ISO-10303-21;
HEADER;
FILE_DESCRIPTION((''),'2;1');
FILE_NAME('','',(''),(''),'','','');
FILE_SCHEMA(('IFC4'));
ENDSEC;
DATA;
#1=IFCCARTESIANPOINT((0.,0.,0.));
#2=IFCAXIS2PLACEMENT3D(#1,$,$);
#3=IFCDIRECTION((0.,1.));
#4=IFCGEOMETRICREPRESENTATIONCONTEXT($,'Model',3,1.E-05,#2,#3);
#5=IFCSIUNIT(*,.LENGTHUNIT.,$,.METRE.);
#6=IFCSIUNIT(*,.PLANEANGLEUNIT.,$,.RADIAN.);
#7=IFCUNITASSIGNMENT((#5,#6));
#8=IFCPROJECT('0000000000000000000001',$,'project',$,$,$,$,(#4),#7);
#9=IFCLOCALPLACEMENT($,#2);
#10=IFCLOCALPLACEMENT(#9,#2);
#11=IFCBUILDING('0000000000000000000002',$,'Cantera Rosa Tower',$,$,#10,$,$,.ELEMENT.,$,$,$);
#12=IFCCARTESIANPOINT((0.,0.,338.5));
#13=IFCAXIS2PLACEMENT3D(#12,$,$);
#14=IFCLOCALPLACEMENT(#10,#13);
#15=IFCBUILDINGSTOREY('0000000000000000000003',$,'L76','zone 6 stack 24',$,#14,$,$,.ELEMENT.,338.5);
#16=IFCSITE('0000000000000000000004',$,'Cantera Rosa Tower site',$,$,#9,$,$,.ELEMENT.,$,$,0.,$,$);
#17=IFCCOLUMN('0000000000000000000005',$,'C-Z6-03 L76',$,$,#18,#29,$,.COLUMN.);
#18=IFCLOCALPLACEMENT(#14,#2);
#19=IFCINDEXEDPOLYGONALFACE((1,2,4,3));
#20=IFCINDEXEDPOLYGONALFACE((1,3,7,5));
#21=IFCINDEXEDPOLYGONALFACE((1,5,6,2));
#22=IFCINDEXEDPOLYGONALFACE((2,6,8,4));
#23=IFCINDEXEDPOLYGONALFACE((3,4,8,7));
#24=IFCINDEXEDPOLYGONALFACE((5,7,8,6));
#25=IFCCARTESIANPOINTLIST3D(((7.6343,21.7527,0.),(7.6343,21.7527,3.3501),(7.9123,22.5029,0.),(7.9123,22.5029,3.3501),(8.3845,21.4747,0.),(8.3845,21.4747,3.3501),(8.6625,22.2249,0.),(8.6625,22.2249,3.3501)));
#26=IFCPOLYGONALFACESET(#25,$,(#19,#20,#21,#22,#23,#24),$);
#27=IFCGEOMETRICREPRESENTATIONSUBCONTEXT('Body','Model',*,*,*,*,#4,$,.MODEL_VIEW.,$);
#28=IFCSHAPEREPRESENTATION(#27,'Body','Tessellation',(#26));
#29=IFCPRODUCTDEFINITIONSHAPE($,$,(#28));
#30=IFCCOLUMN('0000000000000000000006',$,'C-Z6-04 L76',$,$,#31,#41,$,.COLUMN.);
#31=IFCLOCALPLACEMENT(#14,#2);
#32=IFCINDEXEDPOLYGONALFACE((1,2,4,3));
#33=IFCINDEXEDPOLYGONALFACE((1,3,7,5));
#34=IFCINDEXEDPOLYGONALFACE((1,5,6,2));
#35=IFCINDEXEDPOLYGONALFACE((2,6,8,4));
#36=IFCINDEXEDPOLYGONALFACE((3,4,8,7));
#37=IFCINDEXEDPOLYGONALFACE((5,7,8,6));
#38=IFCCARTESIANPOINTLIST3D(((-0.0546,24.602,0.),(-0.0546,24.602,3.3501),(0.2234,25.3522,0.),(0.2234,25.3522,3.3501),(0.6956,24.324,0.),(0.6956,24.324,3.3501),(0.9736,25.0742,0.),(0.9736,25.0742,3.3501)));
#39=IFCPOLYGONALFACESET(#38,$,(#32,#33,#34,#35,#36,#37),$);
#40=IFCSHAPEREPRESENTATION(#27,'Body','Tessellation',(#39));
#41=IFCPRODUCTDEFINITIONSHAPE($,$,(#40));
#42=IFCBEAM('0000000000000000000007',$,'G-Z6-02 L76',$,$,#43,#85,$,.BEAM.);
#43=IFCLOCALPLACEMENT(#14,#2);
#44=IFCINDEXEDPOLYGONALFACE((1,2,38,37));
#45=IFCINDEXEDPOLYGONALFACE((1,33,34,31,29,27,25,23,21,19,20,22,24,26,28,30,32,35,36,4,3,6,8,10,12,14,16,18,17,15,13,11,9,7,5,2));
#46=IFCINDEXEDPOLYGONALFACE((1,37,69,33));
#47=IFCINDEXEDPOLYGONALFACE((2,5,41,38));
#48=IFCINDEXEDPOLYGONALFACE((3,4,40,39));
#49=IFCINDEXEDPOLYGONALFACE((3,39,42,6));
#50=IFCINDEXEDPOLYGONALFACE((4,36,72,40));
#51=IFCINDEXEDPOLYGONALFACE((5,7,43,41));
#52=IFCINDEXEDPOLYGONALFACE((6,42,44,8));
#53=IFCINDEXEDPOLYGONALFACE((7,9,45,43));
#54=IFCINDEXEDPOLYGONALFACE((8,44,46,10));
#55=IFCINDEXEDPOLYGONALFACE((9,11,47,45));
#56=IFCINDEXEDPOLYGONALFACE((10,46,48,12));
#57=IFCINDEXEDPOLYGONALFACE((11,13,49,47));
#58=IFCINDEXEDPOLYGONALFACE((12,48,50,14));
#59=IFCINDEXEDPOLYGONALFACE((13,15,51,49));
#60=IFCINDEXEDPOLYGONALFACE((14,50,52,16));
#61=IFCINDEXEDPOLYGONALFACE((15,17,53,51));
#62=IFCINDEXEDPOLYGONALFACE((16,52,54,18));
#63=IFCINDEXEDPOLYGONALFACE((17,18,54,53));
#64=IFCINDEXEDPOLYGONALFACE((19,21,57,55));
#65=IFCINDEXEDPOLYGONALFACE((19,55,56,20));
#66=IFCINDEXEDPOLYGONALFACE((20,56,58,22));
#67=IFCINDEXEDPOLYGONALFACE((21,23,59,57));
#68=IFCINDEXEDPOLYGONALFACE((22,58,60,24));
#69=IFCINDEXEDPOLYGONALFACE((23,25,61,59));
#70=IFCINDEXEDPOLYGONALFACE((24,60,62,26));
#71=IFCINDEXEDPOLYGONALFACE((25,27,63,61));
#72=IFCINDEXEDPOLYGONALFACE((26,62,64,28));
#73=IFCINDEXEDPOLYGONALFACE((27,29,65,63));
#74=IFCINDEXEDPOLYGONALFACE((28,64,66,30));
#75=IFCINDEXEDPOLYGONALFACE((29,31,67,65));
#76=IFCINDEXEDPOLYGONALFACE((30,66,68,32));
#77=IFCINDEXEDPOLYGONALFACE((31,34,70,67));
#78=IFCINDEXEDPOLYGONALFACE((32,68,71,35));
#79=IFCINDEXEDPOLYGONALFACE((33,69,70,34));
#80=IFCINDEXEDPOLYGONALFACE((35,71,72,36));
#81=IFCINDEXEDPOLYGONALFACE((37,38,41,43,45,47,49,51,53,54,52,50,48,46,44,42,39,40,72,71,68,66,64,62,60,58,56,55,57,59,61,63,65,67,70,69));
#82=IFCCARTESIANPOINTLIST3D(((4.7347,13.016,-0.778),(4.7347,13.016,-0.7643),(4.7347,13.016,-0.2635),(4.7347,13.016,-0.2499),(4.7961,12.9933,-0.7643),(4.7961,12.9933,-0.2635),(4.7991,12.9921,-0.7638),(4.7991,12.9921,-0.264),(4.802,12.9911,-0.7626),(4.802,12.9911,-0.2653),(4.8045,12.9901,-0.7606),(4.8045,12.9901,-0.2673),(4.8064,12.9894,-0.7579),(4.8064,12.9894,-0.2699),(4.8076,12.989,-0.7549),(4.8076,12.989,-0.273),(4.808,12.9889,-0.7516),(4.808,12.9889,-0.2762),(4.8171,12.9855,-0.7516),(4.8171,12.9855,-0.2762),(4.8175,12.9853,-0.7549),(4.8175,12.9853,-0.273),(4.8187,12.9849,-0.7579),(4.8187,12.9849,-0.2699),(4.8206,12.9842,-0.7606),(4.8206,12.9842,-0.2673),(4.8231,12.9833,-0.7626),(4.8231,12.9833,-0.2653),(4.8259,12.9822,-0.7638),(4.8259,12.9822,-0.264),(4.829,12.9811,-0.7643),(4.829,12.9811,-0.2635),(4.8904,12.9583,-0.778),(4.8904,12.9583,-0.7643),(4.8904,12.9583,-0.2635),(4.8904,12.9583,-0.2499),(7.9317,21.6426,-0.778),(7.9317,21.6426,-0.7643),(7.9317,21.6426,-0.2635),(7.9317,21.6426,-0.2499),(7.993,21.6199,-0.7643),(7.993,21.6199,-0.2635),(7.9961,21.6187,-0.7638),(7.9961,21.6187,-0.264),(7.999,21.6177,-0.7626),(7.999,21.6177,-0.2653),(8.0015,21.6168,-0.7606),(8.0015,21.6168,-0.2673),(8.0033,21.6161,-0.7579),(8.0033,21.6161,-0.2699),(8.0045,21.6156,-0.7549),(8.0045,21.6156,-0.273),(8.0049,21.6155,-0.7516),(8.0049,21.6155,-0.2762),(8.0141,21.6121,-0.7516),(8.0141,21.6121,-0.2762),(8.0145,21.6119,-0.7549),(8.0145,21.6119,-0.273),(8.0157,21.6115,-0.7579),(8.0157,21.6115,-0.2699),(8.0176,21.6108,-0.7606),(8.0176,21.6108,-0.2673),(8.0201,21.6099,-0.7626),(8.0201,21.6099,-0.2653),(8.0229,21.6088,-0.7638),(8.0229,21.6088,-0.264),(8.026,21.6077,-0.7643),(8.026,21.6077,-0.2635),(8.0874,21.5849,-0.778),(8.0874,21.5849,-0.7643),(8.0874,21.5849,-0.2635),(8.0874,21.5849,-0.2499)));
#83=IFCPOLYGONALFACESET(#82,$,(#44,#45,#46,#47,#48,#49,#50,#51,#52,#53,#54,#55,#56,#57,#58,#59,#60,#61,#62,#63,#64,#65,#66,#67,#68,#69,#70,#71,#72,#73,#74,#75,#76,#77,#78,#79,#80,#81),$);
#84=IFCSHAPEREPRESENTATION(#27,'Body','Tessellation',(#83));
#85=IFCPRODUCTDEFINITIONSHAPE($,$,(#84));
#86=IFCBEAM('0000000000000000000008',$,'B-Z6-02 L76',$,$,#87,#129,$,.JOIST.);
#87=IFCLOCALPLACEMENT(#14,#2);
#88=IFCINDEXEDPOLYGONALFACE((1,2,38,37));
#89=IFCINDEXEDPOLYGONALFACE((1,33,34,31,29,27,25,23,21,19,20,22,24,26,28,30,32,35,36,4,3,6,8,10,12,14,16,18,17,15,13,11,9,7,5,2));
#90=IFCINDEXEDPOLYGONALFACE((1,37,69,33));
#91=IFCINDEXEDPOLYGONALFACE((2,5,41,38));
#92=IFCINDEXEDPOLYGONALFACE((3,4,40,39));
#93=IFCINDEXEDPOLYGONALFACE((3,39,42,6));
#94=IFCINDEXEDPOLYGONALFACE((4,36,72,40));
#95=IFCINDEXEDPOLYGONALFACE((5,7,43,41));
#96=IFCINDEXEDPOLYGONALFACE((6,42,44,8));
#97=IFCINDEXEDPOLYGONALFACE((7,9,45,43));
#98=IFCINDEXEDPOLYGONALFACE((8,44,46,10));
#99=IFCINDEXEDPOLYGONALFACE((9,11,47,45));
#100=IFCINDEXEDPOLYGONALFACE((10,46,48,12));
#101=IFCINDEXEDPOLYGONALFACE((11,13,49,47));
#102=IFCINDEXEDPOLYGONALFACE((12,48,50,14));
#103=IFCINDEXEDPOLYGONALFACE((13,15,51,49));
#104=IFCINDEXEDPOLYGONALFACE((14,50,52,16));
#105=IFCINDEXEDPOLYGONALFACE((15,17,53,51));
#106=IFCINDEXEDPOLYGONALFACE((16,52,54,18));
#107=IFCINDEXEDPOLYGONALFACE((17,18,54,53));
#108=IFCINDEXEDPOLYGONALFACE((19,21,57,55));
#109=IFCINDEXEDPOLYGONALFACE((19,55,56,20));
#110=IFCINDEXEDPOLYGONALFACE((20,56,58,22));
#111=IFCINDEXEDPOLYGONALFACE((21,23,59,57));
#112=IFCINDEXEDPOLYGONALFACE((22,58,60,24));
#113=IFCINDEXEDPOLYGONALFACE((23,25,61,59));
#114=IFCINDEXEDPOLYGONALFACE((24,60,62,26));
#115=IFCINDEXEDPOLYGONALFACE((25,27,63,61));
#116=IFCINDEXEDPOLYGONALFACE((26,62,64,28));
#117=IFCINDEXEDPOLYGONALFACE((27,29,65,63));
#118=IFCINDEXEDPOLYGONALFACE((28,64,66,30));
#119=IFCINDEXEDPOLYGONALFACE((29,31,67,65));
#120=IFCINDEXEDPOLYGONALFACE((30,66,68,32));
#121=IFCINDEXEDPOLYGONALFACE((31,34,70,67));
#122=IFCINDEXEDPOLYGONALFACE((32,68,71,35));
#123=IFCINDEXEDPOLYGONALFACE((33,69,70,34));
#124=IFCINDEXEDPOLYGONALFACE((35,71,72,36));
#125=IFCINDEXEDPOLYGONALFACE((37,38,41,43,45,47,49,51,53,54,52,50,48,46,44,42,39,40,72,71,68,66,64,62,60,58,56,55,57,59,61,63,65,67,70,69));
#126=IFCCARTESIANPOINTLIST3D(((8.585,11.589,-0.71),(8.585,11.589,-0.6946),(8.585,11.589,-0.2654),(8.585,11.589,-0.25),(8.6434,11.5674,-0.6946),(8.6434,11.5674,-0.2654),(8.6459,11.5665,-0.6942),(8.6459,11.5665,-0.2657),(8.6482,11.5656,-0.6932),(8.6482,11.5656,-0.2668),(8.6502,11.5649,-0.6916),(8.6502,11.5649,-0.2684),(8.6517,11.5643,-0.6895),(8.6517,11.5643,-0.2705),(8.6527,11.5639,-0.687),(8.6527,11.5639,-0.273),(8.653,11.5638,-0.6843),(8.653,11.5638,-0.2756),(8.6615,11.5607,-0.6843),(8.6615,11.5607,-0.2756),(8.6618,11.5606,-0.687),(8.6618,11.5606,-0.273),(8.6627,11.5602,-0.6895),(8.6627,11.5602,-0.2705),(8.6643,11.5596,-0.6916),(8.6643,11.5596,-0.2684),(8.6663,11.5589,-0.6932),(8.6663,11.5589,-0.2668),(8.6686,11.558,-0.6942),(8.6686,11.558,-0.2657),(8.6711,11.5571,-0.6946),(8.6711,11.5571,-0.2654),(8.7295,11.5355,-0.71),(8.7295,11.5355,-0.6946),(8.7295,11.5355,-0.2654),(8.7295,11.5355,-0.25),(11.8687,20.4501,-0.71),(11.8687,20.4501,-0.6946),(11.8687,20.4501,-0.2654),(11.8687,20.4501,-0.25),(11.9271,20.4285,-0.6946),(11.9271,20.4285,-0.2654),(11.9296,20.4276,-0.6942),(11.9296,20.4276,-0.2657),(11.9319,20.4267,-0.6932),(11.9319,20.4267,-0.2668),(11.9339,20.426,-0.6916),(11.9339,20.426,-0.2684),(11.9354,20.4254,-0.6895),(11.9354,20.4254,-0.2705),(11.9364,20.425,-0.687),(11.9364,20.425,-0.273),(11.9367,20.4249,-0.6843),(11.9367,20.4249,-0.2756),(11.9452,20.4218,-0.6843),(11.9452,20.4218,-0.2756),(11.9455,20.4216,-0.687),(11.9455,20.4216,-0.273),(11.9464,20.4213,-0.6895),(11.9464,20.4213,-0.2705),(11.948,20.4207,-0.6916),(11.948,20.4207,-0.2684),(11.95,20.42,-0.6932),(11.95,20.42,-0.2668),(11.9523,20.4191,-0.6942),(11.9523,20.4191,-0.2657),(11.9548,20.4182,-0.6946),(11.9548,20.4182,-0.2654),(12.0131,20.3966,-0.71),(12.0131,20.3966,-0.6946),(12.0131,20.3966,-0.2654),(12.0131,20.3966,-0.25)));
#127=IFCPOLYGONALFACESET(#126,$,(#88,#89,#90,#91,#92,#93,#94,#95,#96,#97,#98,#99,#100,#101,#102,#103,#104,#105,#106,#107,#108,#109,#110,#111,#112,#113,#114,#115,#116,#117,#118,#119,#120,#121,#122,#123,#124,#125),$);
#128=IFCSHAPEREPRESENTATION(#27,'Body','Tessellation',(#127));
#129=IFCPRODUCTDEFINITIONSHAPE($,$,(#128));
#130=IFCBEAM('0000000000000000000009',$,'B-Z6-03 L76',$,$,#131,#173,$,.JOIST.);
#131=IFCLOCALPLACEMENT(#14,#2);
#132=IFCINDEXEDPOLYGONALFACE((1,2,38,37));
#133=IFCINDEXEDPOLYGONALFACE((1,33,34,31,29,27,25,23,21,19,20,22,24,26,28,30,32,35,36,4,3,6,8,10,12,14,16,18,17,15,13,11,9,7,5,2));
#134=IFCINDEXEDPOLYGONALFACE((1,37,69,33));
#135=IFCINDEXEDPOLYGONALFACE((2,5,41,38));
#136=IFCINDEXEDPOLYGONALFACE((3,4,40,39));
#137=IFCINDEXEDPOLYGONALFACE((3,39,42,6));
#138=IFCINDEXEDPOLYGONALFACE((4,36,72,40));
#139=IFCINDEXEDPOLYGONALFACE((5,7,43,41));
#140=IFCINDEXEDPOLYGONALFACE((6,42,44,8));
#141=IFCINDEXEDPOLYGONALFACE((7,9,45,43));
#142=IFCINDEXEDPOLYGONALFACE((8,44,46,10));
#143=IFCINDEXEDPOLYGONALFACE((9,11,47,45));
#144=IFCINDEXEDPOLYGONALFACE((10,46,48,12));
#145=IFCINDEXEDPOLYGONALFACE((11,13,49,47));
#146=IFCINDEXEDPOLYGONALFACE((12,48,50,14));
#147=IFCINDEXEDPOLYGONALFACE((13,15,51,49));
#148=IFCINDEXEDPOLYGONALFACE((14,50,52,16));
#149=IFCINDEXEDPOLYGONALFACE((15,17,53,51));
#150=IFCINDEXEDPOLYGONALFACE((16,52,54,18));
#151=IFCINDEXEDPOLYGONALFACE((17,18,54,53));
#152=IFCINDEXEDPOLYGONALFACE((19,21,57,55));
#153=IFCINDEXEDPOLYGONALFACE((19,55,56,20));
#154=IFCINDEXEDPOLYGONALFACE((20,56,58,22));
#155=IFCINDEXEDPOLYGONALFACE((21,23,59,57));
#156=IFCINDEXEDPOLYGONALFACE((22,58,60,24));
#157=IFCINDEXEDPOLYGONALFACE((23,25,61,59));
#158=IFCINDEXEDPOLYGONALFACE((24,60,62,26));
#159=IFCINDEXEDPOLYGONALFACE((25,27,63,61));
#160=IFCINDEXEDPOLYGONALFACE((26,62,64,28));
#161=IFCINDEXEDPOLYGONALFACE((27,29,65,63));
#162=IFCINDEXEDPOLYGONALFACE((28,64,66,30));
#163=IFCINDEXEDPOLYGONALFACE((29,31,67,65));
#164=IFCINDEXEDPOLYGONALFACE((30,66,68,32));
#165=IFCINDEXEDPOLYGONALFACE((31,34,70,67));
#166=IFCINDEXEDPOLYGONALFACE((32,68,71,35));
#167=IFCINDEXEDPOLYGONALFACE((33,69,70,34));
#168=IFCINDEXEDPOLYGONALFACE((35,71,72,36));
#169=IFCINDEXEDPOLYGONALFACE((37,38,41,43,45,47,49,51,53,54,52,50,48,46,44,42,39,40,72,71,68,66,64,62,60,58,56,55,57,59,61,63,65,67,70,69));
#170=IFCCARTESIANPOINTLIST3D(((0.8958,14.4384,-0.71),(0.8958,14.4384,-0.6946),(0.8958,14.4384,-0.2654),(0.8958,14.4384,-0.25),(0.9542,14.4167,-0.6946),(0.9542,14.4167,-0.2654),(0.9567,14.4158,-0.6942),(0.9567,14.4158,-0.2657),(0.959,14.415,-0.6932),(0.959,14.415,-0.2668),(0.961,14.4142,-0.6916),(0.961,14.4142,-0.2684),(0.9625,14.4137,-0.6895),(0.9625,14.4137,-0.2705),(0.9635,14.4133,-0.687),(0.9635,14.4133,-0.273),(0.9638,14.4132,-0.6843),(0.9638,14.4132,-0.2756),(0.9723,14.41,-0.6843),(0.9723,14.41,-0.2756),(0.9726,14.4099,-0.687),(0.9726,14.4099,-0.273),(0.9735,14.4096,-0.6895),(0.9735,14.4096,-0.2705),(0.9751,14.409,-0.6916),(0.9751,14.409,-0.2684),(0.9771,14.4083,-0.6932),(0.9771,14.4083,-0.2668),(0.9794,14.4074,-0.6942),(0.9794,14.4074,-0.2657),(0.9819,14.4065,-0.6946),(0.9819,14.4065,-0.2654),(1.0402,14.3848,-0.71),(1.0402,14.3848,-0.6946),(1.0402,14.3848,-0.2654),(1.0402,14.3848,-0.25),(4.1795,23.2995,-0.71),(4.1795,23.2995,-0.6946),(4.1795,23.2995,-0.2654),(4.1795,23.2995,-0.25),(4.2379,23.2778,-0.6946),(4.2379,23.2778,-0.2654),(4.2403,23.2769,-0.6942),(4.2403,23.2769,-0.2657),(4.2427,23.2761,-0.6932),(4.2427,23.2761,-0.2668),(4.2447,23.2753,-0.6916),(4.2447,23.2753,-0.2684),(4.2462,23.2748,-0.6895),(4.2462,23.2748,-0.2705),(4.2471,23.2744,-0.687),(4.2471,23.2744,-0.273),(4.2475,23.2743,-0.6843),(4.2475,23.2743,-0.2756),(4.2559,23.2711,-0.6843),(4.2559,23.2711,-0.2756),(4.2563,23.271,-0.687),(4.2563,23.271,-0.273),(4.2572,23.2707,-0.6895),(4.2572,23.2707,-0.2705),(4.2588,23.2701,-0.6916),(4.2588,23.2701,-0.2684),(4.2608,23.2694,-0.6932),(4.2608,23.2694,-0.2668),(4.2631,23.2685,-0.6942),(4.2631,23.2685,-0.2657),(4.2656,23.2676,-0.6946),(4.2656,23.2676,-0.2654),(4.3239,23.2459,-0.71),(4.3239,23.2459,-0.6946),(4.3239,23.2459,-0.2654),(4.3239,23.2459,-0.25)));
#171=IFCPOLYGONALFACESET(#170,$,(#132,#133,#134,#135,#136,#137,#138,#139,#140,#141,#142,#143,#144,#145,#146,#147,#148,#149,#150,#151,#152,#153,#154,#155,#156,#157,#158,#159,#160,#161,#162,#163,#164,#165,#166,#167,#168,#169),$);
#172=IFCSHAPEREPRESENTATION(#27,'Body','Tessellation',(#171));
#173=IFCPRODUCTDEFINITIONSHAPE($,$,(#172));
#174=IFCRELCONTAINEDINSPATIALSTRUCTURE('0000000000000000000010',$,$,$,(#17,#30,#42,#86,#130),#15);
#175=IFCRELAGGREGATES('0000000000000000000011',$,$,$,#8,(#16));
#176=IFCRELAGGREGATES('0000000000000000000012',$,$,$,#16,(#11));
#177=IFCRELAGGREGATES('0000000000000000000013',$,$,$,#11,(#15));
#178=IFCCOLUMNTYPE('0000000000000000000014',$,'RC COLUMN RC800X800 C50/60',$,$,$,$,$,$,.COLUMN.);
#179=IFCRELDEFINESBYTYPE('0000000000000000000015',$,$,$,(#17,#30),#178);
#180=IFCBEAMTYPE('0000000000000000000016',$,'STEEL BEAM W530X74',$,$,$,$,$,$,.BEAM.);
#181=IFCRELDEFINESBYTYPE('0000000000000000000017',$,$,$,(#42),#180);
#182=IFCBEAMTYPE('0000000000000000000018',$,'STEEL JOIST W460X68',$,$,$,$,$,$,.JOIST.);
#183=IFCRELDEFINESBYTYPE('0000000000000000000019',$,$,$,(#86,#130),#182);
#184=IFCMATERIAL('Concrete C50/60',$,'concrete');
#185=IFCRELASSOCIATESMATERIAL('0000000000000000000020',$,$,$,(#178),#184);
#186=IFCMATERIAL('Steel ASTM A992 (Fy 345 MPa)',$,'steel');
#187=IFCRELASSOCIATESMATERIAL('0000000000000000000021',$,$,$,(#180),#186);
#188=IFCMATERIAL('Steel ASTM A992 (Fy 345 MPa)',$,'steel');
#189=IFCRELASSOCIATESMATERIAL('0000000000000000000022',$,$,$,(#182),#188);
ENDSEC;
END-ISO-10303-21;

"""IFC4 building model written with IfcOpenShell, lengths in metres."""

from ifc_helpers import new_model, si_unit, direction, frame, origin, origin_2d, place, context, subcontext, project, spatial, rectangle, i_section, extrude, material, material_profile, profile_set, type_object, element, save


model = new_model("IFC4")

# Units and contexts
model_context = context("Model", 3, precision=1e-05, world=origin(), true_north=direction((0.0, 1.0)))
body_context = subcontext(model_context, "Body", "Model", "MODEL_VIEW")
ifc_project = project(units=[si_unit("LENGTHUNIT", "METRE"), si_unit("PLANEANGLEUNIT", "RADIAN")], contexts=[model_context])

# Site, building, storey
site_placement = place(None, origin())
site = spatial("IfcSite", under=ifc_project, at=site_placement, Name="Cantera Rosa Tower site", CompositionType="ELEMENT", RefElevation=0.0)
building_placement = place(site_placement, origin())
building = spatial("IfcBuilding", under=site, at=building_placement, Name="Cantera Rosa Tower", CompositionType="ELEMENT")
storey_placement = place(building_placement, frame((0.0, 0.0, 338.5)))
storey = spatial("IfcBuildingStorey", under=building, at=storey_placement, Name="L76", Description="zone 6 stack 24", CompositionType="ELEMENT", Elevation=338.5)

# Columns
ifc_material_1 = material(Name="Concrete C50/60", Category="concrete")
ifc_material_profile_1 = material_profile(ifc_material_1, rectangle(XDim=0.8, YDim=0.8, at=origin_2d()), Name="RC COLUMN RC800X800 C50/60")
ifc_profile_set_1 = profile_set([ifc_material_profile_1], Name="Concrete C50/60")
column_type = type_object("IfcColumnType", Name="RC COLUMN RC800X800 C50/60", PredefinedType="COLUMN", material=ifc_profile_set_1)
for number, where, z_axis, x_axis, name in (
    (1, (8.1484, 21.9888, 0.0), (0.0, 0.0, 1.0), (0.347481, 0.937687, 0.0), "C-Z6-03 L76"),
    (2, (0.4595, 24.8381, 0.0), (0.0, 0.0, 1.0), (0.347481, 0.937687, 0.0), "C-Z6-04 L76"),
):
    element("IfcColumn", number, at=place(storey_placement, frame(where, z_axis=z_axis, x_axis=x_axis)), inside=storey, type_object=column_type, Name=name, PredefinedType="COLUMN", context=body_context, shape_type="SweptSolid", body=[
        extrude(rectangle(XDim=0.8, YDim=0.8, at=origin_2d()), origin(), (0.0, 0.0, 1.0), 3.3501),
    ])

# Beams
ifc_material_2 = material(Name="Steel ASTM A992 (Fy 345 MPa)", Category="steel")
ifc_material_profile_2 = material_profile(ifc_material_2, i_section(OverallWidth=0.166, OverallDepth=0.5281, WebThickness=0.0098, FlangeThickness=0.0137, FilletRadius=0.0127, at=origin_2d()), Name="W530X74")
ifc_profile_set_2 = profile_set([ifc_material_profile_2], Name="Steel ASTM A992 (Fy 345 MPa)")
beam_type_1 = type_object("IfcBeamType", Name="STEEL BEAM W530X74", PredefinedType="BEAM", material=ifc_profile_set_2)
beam_1_placement = place(storey_placement, frame((8.0095, 21.6138, -0.5139), z_axis=(-0.3475, -0.93768, 0.0), x_axis=(0.93768, -0.3475, 0.0)))
element("IfcBeam", 3, at=beam_1_placement, inside=storey, type_object=beam_type_1, Name="G-Z6-02 L76", PredefinedType="BEAM", context=body_context, shape_type="SweptSolid", body=[
    extrude(i_section(OverallWidth=0.166, OverallDepth=0.5281, WebThickness=0.0098, FlangeThickness=0.0137, FilletRadius=0.0127, at=origin_2d()), origin(), (0.0, 0.0, 1.0), 9.2),
])
ifc_material_3 = material(Name="Steel ASTM A992 (Fy 345 MPa)", Category="steel")
ifc_material_profile_3 = material_profile(ifc_material_3, i_section(OverallWidth=0.1541, OverallDepth=0.46, WebThickness=0.009, FlangeThickness=0.0154, FilletRadius=0.0103, at=origin_2d()), Name="W460X68")
ifc_profile_set_3 = profile_set([ifc_material_profile_3], Name="Steel ASTM A992 (Fy 345 MPa)")
beam_type_2 = type_object("IfcBeamType", Name="STEEL JOIST W460X68", PredefinedType="JOIST", material=ifc_profile_set_3)
for number, where, z_axis, x_axis, name in (
    (4, (11.9409, 20.4233, -0.48), (-0.347483, -0.937686, 0.0), (0.937686, -0.347483, 0.0), "B-Z6-02 L76"),
    (5, (4.2517, 23.2727, -0.48), (-0.347483, -0.937686, 0.0), (0.937686, -0.347483, 0.0), "B-Z6-03 L76"),
):
    element("IfcBeam", number, at=place(storey_placement, frame(where, z_axis=z_axis, x_axis=x_axis)), inside=storey, type_object=beam_type_2, Name=name, PredefinedType="JOIST", context=body_context, shape_type="SweptSolid", body=[
        extrude(i_section(OverallWidth=0.1541, OverallDepth=0.46, WebThickness=0.009, FlangeThickness=0.0154, FilletRadius=0.0103, at=origin_2d()), origin(), (0.0, 0.0, 1.0), 9.45),
    ])

save(model, "model.ifc")
